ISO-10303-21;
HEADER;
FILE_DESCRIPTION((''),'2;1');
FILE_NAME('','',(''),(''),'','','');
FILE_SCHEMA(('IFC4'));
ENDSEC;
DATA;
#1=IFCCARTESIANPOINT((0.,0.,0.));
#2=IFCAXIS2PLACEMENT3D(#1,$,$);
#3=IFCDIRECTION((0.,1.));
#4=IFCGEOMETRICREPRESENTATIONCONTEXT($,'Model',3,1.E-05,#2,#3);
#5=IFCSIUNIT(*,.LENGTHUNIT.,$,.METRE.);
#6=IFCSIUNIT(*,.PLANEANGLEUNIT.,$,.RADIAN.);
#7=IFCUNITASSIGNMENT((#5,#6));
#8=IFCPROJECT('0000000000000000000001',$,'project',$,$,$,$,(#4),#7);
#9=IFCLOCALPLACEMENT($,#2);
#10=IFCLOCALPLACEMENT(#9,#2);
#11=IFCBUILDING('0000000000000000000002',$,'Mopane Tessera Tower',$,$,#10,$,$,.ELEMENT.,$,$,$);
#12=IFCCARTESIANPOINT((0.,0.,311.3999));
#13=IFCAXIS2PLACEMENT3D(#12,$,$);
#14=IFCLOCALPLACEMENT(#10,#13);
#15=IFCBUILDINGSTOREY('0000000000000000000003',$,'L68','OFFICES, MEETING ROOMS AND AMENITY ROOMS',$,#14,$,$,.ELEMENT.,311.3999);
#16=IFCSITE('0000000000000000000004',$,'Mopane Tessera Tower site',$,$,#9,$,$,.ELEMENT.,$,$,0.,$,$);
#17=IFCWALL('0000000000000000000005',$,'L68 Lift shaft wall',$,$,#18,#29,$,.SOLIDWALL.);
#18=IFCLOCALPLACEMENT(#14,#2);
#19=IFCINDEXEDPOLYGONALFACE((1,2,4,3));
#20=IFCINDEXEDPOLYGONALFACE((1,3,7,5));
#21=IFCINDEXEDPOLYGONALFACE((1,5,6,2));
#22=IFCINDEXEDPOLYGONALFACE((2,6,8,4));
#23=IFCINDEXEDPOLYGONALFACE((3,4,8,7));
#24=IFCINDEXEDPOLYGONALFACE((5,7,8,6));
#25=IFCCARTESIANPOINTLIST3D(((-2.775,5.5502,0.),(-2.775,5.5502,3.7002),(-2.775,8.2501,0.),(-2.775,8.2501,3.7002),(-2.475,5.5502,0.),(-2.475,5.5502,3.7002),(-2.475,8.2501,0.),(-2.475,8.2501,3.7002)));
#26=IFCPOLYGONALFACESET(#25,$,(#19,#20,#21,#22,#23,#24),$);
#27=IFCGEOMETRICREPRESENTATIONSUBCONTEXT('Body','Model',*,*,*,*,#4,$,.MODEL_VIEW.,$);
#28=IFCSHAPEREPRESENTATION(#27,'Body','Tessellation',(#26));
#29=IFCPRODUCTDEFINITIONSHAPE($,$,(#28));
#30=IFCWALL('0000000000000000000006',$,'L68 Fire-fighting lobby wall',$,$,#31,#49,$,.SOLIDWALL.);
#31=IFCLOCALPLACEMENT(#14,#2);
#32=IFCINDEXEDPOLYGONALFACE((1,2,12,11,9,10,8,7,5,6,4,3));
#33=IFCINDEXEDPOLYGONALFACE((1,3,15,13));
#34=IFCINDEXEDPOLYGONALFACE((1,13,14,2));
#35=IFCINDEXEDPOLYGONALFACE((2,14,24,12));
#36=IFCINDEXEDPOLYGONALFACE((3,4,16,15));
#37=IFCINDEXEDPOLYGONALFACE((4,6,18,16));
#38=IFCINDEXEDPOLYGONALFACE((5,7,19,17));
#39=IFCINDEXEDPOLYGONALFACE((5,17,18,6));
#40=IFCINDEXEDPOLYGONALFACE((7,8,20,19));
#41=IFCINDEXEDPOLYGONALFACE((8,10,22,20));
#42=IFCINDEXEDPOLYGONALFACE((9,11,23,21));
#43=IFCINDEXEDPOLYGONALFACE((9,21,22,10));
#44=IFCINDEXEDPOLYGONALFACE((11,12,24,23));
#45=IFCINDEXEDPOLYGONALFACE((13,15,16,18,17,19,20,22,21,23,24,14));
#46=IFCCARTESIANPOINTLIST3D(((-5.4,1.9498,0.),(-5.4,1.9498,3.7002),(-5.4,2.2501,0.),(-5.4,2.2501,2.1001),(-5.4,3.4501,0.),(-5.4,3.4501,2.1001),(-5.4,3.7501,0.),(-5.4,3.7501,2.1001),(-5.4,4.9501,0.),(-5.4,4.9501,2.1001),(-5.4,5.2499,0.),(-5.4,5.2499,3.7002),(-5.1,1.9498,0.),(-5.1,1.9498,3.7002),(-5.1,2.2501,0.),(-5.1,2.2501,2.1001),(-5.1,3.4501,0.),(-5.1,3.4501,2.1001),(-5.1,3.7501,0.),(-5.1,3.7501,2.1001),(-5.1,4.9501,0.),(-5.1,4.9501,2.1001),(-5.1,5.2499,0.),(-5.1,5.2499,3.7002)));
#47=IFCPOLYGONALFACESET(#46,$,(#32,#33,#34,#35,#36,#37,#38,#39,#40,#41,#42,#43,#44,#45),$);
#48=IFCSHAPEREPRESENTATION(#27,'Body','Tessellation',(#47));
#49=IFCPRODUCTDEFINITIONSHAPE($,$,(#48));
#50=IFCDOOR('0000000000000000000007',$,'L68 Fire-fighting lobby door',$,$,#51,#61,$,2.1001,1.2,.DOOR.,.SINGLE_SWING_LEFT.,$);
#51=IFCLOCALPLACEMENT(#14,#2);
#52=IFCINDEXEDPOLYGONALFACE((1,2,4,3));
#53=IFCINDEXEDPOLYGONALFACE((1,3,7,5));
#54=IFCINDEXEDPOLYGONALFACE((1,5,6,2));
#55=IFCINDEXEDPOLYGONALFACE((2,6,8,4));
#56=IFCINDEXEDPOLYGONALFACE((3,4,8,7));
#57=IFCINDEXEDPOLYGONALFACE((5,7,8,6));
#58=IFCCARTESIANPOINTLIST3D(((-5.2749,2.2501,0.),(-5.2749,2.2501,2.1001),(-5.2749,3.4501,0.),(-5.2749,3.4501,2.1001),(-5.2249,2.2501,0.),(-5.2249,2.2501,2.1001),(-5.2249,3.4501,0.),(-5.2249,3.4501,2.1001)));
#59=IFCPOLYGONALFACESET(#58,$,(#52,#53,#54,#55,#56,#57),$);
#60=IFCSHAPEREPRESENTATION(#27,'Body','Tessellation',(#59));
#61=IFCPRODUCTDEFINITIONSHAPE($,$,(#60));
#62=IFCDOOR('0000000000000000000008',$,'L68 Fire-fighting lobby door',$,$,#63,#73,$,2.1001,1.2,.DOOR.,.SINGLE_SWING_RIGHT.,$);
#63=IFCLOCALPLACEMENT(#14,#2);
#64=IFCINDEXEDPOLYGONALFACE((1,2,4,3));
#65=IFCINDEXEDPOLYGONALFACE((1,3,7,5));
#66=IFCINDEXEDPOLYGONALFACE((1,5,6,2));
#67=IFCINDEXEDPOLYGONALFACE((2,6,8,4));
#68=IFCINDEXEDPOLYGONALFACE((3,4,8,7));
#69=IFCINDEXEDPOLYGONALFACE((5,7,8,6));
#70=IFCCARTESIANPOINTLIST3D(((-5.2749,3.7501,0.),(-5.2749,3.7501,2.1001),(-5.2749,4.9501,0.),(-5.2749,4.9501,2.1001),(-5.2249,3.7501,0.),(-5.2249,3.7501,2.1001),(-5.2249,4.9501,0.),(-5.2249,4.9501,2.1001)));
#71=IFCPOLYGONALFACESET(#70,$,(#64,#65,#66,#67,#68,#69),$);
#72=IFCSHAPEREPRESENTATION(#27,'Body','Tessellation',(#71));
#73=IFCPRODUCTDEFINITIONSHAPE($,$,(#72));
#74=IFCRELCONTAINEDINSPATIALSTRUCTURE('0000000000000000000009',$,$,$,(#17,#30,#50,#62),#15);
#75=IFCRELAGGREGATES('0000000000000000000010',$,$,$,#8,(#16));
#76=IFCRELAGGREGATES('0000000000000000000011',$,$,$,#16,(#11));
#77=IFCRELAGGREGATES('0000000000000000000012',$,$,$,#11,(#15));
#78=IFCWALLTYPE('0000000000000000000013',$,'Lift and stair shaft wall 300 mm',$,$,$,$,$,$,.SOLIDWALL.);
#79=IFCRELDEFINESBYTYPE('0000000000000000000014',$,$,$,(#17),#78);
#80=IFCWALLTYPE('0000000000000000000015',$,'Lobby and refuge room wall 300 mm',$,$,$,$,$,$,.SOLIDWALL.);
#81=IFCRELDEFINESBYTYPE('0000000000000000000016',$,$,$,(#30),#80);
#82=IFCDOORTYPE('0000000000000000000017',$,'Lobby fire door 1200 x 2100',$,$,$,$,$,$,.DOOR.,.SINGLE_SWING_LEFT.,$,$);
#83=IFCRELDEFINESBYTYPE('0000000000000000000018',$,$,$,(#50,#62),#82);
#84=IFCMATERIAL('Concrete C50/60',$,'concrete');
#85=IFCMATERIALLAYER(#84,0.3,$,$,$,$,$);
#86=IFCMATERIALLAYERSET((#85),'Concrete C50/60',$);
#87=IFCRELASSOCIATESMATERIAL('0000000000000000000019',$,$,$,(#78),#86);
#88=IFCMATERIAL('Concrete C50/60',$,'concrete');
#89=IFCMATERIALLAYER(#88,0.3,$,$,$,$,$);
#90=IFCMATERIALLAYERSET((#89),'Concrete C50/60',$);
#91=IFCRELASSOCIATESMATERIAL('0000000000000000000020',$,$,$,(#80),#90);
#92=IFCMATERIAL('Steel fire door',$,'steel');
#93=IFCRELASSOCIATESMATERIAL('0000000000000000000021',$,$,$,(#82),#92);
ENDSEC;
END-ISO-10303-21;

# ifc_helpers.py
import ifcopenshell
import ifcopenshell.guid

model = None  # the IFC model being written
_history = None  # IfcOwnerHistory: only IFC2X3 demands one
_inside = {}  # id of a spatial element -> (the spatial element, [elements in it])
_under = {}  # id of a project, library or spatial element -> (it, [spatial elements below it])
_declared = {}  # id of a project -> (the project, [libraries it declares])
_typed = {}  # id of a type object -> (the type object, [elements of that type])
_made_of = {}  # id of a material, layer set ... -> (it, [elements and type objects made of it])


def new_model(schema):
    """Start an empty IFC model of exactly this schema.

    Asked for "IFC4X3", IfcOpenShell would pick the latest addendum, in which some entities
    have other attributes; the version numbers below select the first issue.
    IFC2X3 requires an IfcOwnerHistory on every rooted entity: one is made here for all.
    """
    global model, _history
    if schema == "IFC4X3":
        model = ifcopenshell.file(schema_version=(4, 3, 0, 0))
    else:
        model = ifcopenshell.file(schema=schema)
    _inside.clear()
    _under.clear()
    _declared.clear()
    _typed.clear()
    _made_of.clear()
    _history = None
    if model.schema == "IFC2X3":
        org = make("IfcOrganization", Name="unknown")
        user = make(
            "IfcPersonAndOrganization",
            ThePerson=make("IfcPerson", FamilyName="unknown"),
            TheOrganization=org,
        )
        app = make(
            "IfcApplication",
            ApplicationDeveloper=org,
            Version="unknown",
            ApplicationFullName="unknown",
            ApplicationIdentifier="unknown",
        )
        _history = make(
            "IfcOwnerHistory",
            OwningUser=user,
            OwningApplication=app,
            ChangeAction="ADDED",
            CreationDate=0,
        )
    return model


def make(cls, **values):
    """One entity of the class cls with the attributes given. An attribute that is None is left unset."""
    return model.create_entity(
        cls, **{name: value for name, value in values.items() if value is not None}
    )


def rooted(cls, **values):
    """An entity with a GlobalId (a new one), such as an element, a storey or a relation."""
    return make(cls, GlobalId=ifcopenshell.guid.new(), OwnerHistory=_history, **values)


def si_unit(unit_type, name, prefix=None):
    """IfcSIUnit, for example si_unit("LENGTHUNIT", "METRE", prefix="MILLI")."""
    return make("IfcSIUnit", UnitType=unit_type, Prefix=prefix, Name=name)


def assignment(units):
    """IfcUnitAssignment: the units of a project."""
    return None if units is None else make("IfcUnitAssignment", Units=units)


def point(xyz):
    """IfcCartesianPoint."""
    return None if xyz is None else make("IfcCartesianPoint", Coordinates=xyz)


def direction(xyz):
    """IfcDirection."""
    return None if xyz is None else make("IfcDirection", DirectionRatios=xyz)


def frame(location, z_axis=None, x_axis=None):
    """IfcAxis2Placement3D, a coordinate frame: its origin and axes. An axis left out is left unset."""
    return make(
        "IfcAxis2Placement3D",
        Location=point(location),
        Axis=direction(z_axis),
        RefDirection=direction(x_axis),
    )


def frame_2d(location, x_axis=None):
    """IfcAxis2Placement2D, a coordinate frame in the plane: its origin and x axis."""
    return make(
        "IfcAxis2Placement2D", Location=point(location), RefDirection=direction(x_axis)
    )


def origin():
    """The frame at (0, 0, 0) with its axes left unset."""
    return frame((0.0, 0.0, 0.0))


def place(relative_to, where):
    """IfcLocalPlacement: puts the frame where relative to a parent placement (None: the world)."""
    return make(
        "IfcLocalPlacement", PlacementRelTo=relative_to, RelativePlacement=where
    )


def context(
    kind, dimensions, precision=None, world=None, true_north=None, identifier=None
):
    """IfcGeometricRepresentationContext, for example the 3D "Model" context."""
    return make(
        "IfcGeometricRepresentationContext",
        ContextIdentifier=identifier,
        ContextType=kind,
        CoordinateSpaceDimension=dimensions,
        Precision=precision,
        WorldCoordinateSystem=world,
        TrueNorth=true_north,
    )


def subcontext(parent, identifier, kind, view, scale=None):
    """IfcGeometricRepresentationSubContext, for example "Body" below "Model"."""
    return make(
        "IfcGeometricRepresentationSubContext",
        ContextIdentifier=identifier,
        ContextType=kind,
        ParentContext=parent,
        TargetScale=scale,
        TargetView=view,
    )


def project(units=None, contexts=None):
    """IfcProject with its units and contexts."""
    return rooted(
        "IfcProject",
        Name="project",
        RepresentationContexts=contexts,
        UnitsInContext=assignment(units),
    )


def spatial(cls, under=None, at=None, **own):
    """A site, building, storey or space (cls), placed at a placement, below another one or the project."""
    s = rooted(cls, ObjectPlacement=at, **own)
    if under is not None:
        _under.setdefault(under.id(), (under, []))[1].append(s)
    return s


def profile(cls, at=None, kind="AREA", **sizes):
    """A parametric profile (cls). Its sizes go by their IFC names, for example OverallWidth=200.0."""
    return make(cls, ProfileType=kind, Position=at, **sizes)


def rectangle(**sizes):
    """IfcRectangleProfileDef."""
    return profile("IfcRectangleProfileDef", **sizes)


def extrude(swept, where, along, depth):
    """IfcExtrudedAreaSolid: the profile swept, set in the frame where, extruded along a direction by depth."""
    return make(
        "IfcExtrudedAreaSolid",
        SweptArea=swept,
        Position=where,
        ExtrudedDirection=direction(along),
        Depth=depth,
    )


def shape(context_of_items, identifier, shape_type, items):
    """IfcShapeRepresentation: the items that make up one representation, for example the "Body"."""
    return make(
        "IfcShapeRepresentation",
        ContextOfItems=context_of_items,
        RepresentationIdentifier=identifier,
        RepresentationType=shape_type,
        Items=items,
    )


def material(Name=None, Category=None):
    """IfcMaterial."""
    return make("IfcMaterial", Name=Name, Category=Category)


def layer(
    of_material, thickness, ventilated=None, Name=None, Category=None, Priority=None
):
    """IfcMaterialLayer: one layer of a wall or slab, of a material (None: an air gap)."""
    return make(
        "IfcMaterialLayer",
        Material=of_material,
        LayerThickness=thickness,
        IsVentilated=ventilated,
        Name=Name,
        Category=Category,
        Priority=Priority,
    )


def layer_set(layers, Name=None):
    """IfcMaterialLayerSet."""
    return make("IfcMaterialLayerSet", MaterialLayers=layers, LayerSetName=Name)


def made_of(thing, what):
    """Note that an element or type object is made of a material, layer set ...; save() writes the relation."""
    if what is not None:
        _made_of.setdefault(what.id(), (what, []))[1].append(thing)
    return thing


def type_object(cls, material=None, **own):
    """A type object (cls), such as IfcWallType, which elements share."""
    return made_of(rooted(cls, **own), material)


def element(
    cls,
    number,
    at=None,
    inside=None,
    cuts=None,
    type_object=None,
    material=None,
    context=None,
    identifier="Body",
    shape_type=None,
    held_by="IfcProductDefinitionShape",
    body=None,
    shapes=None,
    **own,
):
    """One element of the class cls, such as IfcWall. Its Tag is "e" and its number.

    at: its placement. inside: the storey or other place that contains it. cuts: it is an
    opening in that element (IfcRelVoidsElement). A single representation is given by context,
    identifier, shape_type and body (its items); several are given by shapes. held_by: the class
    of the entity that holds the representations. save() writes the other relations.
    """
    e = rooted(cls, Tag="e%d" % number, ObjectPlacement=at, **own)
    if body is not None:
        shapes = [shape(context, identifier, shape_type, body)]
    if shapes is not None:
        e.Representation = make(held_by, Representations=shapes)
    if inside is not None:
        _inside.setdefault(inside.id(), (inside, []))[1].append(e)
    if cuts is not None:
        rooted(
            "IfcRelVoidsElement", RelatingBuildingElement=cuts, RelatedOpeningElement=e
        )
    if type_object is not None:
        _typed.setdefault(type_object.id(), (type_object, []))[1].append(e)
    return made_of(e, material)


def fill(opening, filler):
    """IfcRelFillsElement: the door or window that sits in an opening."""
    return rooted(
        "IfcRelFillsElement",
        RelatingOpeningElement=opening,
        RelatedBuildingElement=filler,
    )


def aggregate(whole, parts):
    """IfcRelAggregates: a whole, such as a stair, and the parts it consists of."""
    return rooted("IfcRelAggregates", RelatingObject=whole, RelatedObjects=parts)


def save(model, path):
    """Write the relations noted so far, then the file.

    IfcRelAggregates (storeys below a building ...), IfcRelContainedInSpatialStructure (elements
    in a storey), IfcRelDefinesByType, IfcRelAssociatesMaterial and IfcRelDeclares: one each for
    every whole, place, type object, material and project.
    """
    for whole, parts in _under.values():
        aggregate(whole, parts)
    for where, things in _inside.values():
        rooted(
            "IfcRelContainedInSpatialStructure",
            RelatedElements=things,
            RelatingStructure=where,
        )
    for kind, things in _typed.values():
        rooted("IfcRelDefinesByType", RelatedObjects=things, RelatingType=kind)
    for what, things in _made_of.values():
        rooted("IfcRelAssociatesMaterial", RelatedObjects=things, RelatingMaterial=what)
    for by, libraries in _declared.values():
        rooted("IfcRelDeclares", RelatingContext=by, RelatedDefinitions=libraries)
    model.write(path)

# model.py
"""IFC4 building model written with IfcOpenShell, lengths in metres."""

from ifc_helpers import new_model, si_unit, direction, frame, frame_2d, origin, place, context, subcontext, project, spatial, rectangle, extrude, material, layer, layer_set, type_object, element, fill, save


model = new_model("IFC4")

# Units and contexts
model_context = context("Model", 3, precision=1e-05, world=origin(), true_north=direction((0.0, 1.0)))
body_context = subcontext(model_context, "Body", "Model", "MODEL_VIEW")
ifc_project = project(units=[si_unit("LENGTHUNIT", "METRE"), si_unit("PLANEANGLEUNIT", "RADIAN")], contexts=[model_context])

# Site, building, storey
site_placement = place(None, origin())
site = spatial("IfcSite", under=ifc_project, at=site_placement, Name="Mopane Tessera Tower site", CompositionType="ELEMENT", RefElevation=0.0)
building_placement = place(site_placement, origin())
building = spatial("IfcBuilding", under=site, at=building_placement, Name="Mopane Tessera Tower", CompositionType="ELEMENT")
storey_placement = place(building_placement, frame((0.0, 0.0, 311.3999)))
storey = spatial("IfcBuildingStorey", under=building, at=storey_placement, Name="L68", Description="OFFICES, MEETING ROOMS AND AMENITY ROOMS", CompositionType="ELEMENT", Elevation=311.3999)

# Shared definitions
ifc_material_1 = material(Name="Concrete C50/60", Category="concrete")
ifc_layer_1 = layer(ifc_material_1, 0.3)
ifc_layer_set_1 = layer_set([ifc_layer_1], Name="Concrete C50/60")
wall_type_1 = type_object("IfcWallType", Name="Lift and stair shaft wall 300 mm", PredefinedType="SOLIDWALL", material=ifc_layer_set_1)

# Wall
for number, where, z_axis, x_axis, name in (
    (1, (-2.625, 5.55, 0.0), (0.0, 0.0, 1.0), (0.0, 1.0, 0.0), "L68 Lift shaft wall"),
):
    element("IfcWall", number, at=place(storey_placement, frame(where, z_axis=z_axis, x_axis=x_axis)), inside=storey, type_object=wall_type_1, Name=name, PredefinedType="SOLIDWALL", context=body_context, shape_type="SweptSolid", body=[
        extrude(rectangle(XDim=2.7, YDim=0.3, at=frame_2d((1.3501, 0.0))), origin(), (0.0, 0.0, 1.0), 3.7002),
    ])

# Wall, openings, doors
ifc_material_2 = material(Name="Concrete C50/60", Category="concrete")
ifc_layer_2 = layer(ifc_material_2, 0.3)
ifc_layer_set_2 = layer_set([ifc_layer_2], Name="Concrete C50/60")
wall_type_2 = type_object("IfcWallType", Name="Lobby and refuge room wall 300 mm", PredefinedType="SOLIDWALL", material=ifc_layer_set_2)
wall_1_placement = place(storey_placement, frame((-5.25, 1.95, 0.0), z_axis=(0.0, 0.0, 1.0), x_axis=(0.0, 1.0, 0.0)))
wall_1 = element("IfcWall", 2, at=wall_1_placement, inside=storey, type_object=wall_type_2, Name="L68 Fire-fighting lobby wall", PredefinedType="SOLIDWALL", context=body_context, shape_type="SweptSolid", body=[
    extrude(rectangle(XDim=3.3, YDim=0.3, at=frame_2d((1.6499, 0.0))), origin(), (0.0, 0.0, 1.0), 3.7002),
])
opening_1_placement = place(wall_1_placement, frame((0.3, 0.0, 0.0)))
opening_1 = element("IfcOpeningElement", 3, at=opening_1_placement, cuts=wall_1, PredefinedType="OPENING", context=body_context, shape_type="SweptSolid", body=[
    extrude(rectangle(XDim=1.2, YDim=2.1001, at=frame_2d((0.6001, 1.05))), frame((0.0, 0.1621, 0.0), z_axis=(0.0, -1.0, 0.0), x_axis=(1.0, 0.0, 0.0)), (0.0, 0.0, 1.0), 0.324),
])
opening_2_placement = place(wall_1_placement, frame((1.8, 0.0, 0.0)))
opening_2 = element("IfcOpeningElement", 4, at=opening_2_placement, cuts=wall_1, PredefinedType="OPENING", context=body_context, shape_type="SweptSolid", body=[
    extrude(rectangle(XDim=1.2, YDim=2.1001, at=frame_2d((0.6001, 1.05))), frame((0.0, 0.1621, 0.0), z_axis=(0.0, -1.0, 0.0), x_axis=(1.0, 0.0, 0.0)), (0.0, 0.0, 1.0), 0.324),
])
ifc_material_3 = material(Name="Steel fire door", Category="steel")
door_type_1 = type_object("IfcDoorType", Name="Lobby fire door 1200 x 2100", OperationType="SINGLE_SWING_LEFT", PredefinedType="DOOR", material=ifc_material_3)
door_1_placement = place(opening_1_placement, origin())
door_1 = element("IfcDoor", 5, at=door_1_placement, inside=storey, type_object=door_type_1, Name="L68 Fire-fighting lobby door", OperationType="SINGLE_SWING_LEFT", OverallHeight=2.1001, OverallWidth=1.2, PredefinedType="DOOR", context=body_context, shape_type="SweptSolid", body=[
    extrude(rectangle(XDim=1.2, YDim=2.1001, at=frame_2d((0.6001, 1.05))), frame((0.0, 0.0249, 0.0), z_axis=(0.0, -1.0, 0.0), x_axis=(1.0, 0.0, 0.0)), (0.0, 0.0, 1.0), 0.05),
])
fill(opening_1, door_1)
door_2_placement = place(opening_2_placement, origin())
door_2 = element("IfcDoor", 6, at=door_2_placement, inside=storey, type_object=door_type_1, Name="L68 Fire-fighting lobby door", OperationType="SINGLE_SWING_RIGHT", OverallHeight=2.1001, OverallWidth=1.2, PredefinedType="DOOR", context=body_context, shape_type="SweptSolid", body=[
    extrude(rectangle(XDim=1.2, YDim=2.1001, at=frame_2d((0.6001, 1.05))), frame((0.0, 0.0249, 0.0), z_axis=(0.0, -1.0, 0.0), x_axis=(1.0, 0.0, 0.0)), (0.0, 0.0, 1.0), 0.05),
])
fill(opening_2, door_2)

save(model, "model.ifc")
